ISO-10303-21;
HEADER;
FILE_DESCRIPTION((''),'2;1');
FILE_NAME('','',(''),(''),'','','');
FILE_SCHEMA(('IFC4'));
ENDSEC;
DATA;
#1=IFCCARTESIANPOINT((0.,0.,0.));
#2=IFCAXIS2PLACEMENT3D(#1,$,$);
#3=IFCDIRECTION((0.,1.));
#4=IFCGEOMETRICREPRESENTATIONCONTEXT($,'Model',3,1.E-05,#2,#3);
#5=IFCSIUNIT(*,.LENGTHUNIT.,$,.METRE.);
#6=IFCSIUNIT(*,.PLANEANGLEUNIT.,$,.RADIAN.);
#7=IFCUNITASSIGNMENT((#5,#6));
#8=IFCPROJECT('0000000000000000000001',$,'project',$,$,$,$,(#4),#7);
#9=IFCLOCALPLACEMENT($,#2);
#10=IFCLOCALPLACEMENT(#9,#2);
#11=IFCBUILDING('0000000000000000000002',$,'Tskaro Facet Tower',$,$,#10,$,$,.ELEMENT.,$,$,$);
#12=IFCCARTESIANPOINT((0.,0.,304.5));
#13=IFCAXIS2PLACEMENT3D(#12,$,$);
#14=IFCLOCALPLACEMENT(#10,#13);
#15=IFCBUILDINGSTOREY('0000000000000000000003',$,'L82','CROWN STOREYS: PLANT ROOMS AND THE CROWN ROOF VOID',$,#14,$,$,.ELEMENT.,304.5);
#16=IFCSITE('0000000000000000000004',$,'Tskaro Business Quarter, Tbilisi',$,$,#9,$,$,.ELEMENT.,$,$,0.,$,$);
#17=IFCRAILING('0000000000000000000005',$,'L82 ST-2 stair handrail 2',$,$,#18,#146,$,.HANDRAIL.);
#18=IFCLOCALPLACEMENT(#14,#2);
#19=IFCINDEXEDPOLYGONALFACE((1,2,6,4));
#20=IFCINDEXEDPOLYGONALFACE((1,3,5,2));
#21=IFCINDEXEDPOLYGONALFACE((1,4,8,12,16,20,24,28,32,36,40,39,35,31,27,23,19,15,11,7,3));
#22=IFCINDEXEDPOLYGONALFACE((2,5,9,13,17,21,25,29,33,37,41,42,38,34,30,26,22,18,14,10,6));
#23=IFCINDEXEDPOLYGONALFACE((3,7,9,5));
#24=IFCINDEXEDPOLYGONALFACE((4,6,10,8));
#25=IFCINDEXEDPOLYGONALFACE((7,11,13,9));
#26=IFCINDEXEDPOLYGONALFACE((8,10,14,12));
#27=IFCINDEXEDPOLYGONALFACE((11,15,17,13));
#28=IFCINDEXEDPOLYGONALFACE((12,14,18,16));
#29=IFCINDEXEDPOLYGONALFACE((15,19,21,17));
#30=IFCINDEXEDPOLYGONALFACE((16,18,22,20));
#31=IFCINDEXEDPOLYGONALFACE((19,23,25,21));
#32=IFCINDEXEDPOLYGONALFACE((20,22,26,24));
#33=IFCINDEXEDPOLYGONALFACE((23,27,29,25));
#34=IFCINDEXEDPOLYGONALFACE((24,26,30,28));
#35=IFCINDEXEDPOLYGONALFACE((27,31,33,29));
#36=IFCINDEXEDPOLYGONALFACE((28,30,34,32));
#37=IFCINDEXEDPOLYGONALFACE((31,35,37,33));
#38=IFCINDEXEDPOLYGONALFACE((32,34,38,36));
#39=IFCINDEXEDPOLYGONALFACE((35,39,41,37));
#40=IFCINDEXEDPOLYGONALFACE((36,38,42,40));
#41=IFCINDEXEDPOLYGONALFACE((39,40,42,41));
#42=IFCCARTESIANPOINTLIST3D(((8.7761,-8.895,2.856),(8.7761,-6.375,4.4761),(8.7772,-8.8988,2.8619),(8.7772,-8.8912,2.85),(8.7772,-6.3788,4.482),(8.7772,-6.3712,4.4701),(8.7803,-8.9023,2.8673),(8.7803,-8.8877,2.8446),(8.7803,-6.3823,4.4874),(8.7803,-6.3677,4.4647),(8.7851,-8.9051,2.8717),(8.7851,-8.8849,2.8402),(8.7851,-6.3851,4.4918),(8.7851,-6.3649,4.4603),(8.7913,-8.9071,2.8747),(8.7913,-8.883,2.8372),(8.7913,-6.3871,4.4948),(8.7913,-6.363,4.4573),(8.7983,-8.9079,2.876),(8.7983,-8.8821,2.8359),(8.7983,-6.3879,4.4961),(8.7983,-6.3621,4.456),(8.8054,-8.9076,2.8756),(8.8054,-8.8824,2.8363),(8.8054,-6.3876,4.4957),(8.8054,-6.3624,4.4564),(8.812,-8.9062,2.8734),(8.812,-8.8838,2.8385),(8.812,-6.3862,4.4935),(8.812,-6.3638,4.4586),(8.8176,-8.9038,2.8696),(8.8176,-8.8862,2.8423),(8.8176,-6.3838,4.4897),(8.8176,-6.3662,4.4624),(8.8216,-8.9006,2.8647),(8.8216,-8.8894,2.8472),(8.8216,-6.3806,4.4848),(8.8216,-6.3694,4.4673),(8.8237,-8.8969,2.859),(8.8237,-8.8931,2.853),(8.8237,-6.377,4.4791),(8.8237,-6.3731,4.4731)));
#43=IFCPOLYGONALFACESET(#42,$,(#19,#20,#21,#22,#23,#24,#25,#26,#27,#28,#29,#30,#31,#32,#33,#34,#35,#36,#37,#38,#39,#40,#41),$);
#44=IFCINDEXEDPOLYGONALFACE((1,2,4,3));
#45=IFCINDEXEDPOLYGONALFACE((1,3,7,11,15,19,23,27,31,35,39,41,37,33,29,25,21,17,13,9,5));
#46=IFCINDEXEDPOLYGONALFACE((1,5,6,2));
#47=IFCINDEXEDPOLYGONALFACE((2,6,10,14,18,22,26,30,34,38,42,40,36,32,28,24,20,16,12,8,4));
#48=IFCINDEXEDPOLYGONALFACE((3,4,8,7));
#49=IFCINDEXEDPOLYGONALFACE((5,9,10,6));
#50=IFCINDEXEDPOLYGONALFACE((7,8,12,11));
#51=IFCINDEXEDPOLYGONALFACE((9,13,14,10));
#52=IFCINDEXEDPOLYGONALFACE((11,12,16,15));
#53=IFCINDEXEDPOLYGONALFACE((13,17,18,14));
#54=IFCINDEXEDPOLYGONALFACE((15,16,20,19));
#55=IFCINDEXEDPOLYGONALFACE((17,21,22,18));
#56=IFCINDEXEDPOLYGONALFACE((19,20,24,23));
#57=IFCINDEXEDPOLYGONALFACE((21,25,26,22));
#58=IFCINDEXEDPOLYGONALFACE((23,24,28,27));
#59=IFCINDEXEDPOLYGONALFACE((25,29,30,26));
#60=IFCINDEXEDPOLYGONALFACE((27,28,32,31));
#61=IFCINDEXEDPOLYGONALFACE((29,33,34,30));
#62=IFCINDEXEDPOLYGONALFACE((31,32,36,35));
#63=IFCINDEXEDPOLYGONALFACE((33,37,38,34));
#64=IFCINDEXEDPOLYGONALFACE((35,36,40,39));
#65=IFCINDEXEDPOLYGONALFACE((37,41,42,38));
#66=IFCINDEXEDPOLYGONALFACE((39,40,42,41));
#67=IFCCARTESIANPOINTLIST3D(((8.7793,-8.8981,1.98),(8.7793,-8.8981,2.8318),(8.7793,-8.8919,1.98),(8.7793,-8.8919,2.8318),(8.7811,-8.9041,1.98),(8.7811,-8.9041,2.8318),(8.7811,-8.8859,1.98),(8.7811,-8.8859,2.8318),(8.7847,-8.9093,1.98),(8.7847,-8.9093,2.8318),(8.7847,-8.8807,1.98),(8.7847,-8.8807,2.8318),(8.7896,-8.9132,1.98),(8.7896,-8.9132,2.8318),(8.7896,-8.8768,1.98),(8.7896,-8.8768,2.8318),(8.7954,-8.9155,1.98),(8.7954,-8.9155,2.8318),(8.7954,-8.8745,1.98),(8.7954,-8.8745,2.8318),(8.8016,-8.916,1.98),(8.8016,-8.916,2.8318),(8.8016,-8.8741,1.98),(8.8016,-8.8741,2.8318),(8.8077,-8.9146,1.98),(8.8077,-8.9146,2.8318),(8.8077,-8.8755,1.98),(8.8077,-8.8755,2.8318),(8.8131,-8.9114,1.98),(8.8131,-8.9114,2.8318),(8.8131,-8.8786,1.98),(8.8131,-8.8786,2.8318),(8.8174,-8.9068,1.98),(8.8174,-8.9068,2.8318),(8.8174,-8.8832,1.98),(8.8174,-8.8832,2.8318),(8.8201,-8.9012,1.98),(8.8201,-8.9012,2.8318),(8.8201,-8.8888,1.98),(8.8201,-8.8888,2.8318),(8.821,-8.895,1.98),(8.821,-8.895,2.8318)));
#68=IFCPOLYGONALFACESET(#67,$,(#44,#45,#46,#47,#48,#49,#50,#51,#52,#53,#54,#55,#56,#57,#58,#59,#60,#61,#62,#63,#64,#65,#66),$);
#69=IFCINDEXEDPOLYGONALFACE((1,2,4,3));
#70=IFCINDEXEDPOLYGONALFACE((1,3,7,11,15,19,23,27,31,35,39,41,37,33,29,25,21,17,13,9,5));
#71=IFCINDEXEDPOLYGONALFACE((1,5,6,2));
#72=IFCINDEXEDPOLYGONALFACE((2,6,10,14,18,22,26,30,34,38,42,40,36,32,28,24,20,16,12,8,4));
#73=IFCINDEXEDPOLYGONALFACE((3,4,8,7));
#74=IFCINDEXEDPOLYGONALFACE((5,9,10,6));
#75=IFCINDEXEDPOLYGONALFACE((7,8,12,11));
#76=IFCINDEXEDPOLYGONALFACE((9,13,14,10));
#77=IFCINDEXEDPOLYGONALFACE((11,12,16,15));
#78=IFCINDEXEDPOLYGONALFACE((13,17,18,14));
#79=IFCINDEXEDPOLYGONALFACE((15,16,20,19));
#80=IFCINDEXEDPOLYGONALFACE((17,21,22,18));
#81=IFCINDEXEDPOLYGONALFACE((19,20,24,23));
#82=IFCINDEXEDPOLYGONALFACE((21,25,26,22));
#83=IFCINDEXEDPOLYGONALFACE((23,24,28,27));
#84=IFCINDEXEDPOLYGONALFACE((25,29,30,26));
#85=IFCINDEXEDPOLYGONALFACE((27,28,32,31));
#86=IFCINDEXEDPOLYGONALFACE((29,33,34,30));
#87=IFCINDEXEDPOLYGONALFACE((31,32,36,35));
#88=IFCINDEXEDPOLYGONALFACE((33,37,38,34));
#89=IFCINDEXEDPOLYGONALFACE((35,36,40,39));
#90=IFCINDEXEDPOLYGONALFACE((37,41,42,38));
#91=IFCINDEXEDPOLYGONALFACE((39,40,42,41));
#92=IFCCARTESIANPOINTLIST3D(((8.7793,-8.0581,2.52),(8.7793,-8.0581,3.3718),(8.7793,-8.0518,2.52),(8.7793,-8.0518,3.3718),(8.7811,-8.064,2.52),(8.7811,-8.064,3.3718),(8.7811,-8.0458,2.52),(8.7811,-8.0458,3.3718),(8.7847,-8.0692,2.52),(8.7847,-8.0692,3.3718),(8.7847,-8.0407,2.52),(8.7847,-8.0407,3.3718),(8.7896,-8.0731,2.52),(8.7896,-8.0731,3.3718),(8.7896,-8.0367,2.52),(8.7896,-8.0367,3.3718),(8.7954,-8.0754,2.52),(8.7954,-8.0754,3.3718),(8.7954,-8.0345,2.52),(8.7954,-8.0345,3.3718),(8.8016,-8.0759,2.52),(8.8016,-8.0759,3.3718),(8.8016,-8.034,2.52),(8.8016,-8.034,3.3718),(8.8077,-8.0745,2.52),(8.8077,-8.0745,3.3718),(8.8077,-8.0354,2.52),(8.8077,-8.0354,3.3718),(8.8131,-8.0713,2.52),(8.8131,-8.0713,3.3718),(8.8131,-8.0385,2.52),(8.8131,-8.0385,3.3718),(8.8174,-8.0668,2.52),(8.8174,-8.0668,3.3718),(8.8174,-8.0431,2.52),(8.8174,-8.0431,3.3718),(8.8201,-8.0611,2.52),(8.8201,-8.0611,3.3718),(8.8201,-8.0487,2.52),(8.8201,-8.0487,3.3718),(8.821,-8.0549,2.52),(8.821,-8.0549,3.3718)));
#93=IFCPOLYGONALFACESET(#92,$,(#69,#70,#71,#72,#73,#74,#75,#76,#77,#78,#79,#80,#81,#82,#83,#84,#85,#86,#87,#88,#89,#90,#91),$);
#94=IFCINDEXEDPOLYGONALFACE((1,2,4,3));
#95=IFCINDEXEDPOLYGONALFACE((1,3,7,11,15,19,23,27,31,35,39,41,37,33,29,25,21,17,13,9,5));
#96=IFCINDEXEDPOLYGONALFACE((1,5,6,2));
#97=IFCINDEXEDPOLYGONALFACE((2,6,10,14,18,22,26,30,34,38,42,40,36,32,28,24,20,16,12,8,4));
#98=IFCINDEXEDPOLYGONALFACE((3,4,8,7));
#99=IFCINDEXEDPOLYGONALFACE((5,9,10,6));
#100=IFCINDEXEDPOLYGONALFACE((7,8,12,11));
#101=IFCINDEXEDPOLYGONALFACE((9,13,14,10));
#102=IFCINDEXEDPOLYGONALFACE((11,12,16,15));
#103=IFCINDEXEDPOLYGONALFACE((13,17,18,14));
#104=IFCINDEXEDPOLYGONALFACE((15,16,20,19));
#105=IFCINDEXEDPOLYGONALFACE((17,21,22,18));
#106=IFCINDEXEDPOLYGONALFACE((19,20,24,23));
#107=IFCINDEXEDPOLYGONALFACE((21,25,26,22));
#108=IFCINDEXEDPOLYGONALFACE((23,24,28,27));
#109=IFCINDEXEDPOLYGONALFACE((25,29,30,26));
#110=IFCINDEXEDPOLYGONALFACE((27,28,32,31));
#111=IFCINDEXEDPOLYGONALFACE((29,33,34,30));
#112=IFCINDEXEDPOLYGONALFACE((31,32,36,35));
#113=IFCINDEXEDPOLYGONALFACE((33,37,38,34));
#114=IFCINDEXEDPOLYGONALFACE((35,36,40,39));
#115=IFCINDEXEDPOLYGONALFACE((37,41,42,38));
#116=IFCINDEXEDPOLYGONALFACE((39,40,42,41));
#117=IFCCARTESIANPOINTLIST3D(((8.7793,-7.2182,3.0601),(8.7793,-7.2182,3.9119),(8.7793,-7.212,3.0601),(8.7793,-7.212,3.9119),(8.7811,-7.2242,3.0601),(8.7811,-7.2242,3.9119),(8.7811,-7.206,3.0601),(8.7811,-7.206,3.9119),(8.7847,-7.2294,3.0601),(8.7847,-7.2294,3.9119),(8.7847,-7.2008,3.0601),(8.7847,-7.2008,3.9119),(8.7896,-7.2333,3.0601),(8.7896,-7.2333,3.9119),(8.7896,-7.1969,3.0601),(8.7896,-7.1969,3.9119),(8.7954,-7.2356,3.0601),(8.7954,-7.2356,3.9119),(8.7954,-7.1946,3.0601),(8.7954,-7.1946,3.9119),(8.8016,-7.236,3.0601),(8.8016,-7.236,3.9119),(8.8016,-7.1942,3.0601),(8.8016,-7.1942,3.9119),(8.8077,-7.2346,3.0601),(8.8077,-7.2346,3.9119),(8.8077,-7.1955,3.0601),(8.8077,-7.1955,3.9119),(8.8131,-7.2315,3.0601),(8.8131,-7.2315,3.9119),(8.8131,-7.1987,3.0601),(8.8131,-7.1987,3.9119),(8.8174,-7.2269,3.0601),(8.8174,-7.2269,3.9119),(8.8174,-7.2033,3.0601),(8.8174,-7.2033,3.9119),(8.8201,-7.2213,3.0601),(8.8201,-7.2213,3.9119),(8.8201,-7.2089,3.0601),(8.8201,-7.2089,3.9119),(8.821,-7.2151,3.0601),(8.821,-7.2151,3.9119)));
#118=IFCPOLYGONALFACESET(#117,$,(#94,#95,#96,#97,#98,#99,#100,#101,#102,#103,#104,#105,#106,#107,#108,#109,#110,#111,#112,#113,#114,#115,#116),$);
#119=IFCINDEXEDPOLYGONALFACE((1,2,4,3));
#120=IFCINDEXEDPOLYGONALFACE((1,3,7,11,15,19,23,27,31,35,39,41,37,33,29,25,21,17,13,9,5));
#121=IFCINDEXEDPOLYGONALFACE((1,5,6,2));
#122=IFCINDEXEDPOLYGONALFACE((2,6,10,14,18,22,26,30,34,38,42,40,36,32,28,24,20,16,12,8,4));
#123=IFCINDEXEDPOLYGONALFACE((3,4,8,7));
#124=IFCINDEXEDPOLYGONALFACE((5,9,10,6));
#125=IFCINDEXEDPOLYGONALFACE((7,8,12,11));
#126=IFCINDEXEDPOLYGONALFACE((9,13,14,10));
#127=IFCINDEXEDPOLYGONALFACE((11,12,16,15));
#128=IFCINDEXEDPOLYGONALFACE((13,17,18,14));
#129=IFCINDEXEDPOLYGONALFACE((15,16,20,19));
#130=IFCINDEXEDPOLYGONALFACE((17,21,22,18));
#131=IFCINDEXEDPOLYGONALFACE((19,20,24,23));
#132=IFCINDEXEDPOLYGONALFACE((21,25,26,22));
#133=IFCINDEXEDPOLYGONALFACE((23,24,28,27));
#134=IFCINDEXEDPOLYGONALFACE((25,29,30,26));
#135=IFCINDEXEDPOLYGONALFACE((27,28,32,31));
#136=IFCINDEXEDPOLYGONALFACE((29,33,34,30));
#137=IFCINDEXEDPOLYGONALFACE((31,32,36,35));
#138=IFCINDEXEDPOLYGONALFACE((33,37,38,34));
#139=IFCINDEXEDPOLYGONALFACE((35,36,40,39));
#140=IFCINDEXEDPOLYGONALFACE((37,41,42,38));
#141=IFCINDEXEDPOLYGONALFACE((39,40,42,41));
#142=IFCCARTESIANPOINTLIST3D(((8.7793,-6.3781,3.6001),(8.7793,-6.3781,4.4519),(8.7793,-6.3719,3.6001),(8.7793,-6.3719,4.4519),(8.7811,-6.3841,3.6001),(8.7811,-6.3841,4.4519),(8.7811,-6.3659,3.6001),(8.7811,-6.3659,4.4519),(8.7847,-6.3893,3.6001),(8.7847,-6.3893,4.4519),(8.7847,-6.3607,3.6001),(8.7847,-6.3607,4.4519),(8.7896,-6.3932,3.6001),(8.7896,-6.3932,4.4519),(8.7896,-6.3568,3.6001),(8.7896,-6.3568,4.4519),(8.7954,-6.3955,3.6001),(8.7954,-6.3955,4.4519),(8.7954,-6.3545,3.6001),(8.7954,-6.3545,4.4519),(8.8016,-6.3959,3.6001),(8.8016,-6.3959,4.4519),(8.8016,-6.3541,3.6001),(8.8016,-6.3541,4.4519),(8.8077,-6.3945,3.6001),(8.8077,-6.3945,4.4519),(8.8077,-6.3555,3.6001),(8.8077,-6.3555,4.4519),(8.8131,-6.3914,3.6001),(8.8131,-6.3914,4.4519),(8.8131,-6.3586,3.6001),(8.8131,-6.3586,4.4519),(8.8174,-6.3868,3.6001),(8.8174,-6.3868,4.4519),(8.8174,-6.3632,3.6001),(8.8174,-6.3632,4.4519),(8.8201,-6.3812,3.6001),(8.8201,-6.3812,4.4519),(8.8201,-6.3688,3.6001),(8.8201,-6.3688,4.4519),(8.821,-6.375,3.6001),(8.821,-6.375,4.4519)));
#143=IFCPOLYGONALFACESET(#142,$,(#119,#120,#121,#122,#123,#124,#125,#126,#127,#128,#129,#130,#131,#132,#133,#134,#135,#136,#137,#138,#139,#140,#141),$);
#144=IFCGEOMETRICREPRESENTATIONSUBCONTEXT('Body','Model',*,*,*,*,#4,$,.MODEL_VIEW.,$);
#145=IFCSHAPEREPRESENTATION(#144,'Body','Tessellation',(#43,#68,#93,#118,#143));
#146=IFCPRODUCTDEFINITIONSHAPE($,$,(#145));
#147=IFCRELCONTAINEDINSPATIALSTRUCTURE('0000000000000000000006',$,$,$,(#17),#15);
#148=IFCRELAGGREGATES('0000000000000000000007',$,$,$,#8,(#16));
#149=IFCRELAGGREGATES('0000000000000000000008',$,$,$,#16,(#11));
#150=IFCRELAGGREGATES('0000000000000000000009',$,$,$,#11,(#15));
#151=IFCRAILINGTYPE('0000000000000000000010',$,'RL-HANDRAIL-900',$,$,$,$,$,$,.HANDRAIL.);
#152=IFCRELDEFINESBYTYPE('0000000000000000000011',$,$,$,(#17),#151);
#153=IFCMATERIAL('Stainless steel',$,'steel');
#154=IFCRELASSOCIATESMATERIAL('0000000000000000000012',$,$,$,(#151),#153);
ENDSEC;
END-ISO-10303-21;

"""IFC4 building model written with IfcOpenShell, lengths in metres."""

from ifc_helpers import new_model, si_unit, direction, frame, origin, origin_2d, place, context, subcontext, project, spatial, circle, extrude, material, type_object, element, save


model = new_model("IFC4")

# Units and contexts
model_context = context("Model", 3, precision=1e-05, world=origin(), true_north=direction((0.0, 1.0)))
body_context = subcontext(model_context, "Body", "Model", "MODEL_VIEW")
ifc_project = project(units=[si_unit("LENGTHUNIT", "METRE"), si_unit("PLANEANGLEUNIT", "RADIAN")], contexts=[model_context])

# Site, building, storey
site_placement = place(None, origin())
site = spatial("IfcSite", under=ifc_project, at=site_placement, Name="Tskaro Business Quarter, Tbilisi", CompositionType="ELEMENT", RefElevation=0.0)
building_placement = place(site_placement, origin())
building = spatial("IfcBuilding", under=site, at=building_placement, Name="Tskaro Facet Tower", CompositionType="ELEMENT")
storey_placement = place(building_placement, frame((0.0, 0.0, 304.5)))
storey = spatial("IfcBuildingStorey", under=building, at=storey_placement, Name="L82", Description="CROWN STOREYS: PLANT ROOMS AND THE CROWN ROOF VOID", CompositionType="ELEMENT", Elevation=304.5)

# Railing
ifc_material_1 = material(Name="Stainless steel", Category="steel")
railing_type_1 = type_object("IfcRailingType", Name="RL-HANDRAIL-900", PredefinedType="HANDRAIL", material=ifc_material_1)
railing_1_placement = place(storey_placement, frame((8.8, -8.895, 1.98)))
element("IfcRailing", 1, at=railing_1_placement, inside=storey, type_object=railing_type_1, Name="L82 ST-2 stair handrail 2", PredefinedType="HANDRAIL", context=body_context, shape_type="SweptSolid", body=[
    extrude(circle(Radius=0.0239, at=origin_2d()), frame((0.0, 0.0, 0.876), z_axis=(0.0, 0.841163, 0.540782), x_axis=(-1.0, 0.0, 0.0)), (0.0, 0.0, 1.0), 2.9958),
    extrude(circle(Radius=0.021, at=origin_2d()), origin(), (0.0, 0.0, 1.0), 0.8518),
    extrude(circle(Radius=0.021, at=origin_2d()), frame((0.0, 0.8401, 0.54)), (0.0, 0.0, 1.0), 0.8518),
    extrude(circle(Radius=0.021, at=origin_2d()), frame((0.0, 1.6799, 1.0801)), (0.0, 0.0, 1.0), 0.8518),
    extrude(circle(Radius=0.021, at=origin_2d()), frame((0.0, 2.52, 1.6201)), (0.0, 0.0, 1.0), 0.8518),
])

save(model, "model.ifc")
